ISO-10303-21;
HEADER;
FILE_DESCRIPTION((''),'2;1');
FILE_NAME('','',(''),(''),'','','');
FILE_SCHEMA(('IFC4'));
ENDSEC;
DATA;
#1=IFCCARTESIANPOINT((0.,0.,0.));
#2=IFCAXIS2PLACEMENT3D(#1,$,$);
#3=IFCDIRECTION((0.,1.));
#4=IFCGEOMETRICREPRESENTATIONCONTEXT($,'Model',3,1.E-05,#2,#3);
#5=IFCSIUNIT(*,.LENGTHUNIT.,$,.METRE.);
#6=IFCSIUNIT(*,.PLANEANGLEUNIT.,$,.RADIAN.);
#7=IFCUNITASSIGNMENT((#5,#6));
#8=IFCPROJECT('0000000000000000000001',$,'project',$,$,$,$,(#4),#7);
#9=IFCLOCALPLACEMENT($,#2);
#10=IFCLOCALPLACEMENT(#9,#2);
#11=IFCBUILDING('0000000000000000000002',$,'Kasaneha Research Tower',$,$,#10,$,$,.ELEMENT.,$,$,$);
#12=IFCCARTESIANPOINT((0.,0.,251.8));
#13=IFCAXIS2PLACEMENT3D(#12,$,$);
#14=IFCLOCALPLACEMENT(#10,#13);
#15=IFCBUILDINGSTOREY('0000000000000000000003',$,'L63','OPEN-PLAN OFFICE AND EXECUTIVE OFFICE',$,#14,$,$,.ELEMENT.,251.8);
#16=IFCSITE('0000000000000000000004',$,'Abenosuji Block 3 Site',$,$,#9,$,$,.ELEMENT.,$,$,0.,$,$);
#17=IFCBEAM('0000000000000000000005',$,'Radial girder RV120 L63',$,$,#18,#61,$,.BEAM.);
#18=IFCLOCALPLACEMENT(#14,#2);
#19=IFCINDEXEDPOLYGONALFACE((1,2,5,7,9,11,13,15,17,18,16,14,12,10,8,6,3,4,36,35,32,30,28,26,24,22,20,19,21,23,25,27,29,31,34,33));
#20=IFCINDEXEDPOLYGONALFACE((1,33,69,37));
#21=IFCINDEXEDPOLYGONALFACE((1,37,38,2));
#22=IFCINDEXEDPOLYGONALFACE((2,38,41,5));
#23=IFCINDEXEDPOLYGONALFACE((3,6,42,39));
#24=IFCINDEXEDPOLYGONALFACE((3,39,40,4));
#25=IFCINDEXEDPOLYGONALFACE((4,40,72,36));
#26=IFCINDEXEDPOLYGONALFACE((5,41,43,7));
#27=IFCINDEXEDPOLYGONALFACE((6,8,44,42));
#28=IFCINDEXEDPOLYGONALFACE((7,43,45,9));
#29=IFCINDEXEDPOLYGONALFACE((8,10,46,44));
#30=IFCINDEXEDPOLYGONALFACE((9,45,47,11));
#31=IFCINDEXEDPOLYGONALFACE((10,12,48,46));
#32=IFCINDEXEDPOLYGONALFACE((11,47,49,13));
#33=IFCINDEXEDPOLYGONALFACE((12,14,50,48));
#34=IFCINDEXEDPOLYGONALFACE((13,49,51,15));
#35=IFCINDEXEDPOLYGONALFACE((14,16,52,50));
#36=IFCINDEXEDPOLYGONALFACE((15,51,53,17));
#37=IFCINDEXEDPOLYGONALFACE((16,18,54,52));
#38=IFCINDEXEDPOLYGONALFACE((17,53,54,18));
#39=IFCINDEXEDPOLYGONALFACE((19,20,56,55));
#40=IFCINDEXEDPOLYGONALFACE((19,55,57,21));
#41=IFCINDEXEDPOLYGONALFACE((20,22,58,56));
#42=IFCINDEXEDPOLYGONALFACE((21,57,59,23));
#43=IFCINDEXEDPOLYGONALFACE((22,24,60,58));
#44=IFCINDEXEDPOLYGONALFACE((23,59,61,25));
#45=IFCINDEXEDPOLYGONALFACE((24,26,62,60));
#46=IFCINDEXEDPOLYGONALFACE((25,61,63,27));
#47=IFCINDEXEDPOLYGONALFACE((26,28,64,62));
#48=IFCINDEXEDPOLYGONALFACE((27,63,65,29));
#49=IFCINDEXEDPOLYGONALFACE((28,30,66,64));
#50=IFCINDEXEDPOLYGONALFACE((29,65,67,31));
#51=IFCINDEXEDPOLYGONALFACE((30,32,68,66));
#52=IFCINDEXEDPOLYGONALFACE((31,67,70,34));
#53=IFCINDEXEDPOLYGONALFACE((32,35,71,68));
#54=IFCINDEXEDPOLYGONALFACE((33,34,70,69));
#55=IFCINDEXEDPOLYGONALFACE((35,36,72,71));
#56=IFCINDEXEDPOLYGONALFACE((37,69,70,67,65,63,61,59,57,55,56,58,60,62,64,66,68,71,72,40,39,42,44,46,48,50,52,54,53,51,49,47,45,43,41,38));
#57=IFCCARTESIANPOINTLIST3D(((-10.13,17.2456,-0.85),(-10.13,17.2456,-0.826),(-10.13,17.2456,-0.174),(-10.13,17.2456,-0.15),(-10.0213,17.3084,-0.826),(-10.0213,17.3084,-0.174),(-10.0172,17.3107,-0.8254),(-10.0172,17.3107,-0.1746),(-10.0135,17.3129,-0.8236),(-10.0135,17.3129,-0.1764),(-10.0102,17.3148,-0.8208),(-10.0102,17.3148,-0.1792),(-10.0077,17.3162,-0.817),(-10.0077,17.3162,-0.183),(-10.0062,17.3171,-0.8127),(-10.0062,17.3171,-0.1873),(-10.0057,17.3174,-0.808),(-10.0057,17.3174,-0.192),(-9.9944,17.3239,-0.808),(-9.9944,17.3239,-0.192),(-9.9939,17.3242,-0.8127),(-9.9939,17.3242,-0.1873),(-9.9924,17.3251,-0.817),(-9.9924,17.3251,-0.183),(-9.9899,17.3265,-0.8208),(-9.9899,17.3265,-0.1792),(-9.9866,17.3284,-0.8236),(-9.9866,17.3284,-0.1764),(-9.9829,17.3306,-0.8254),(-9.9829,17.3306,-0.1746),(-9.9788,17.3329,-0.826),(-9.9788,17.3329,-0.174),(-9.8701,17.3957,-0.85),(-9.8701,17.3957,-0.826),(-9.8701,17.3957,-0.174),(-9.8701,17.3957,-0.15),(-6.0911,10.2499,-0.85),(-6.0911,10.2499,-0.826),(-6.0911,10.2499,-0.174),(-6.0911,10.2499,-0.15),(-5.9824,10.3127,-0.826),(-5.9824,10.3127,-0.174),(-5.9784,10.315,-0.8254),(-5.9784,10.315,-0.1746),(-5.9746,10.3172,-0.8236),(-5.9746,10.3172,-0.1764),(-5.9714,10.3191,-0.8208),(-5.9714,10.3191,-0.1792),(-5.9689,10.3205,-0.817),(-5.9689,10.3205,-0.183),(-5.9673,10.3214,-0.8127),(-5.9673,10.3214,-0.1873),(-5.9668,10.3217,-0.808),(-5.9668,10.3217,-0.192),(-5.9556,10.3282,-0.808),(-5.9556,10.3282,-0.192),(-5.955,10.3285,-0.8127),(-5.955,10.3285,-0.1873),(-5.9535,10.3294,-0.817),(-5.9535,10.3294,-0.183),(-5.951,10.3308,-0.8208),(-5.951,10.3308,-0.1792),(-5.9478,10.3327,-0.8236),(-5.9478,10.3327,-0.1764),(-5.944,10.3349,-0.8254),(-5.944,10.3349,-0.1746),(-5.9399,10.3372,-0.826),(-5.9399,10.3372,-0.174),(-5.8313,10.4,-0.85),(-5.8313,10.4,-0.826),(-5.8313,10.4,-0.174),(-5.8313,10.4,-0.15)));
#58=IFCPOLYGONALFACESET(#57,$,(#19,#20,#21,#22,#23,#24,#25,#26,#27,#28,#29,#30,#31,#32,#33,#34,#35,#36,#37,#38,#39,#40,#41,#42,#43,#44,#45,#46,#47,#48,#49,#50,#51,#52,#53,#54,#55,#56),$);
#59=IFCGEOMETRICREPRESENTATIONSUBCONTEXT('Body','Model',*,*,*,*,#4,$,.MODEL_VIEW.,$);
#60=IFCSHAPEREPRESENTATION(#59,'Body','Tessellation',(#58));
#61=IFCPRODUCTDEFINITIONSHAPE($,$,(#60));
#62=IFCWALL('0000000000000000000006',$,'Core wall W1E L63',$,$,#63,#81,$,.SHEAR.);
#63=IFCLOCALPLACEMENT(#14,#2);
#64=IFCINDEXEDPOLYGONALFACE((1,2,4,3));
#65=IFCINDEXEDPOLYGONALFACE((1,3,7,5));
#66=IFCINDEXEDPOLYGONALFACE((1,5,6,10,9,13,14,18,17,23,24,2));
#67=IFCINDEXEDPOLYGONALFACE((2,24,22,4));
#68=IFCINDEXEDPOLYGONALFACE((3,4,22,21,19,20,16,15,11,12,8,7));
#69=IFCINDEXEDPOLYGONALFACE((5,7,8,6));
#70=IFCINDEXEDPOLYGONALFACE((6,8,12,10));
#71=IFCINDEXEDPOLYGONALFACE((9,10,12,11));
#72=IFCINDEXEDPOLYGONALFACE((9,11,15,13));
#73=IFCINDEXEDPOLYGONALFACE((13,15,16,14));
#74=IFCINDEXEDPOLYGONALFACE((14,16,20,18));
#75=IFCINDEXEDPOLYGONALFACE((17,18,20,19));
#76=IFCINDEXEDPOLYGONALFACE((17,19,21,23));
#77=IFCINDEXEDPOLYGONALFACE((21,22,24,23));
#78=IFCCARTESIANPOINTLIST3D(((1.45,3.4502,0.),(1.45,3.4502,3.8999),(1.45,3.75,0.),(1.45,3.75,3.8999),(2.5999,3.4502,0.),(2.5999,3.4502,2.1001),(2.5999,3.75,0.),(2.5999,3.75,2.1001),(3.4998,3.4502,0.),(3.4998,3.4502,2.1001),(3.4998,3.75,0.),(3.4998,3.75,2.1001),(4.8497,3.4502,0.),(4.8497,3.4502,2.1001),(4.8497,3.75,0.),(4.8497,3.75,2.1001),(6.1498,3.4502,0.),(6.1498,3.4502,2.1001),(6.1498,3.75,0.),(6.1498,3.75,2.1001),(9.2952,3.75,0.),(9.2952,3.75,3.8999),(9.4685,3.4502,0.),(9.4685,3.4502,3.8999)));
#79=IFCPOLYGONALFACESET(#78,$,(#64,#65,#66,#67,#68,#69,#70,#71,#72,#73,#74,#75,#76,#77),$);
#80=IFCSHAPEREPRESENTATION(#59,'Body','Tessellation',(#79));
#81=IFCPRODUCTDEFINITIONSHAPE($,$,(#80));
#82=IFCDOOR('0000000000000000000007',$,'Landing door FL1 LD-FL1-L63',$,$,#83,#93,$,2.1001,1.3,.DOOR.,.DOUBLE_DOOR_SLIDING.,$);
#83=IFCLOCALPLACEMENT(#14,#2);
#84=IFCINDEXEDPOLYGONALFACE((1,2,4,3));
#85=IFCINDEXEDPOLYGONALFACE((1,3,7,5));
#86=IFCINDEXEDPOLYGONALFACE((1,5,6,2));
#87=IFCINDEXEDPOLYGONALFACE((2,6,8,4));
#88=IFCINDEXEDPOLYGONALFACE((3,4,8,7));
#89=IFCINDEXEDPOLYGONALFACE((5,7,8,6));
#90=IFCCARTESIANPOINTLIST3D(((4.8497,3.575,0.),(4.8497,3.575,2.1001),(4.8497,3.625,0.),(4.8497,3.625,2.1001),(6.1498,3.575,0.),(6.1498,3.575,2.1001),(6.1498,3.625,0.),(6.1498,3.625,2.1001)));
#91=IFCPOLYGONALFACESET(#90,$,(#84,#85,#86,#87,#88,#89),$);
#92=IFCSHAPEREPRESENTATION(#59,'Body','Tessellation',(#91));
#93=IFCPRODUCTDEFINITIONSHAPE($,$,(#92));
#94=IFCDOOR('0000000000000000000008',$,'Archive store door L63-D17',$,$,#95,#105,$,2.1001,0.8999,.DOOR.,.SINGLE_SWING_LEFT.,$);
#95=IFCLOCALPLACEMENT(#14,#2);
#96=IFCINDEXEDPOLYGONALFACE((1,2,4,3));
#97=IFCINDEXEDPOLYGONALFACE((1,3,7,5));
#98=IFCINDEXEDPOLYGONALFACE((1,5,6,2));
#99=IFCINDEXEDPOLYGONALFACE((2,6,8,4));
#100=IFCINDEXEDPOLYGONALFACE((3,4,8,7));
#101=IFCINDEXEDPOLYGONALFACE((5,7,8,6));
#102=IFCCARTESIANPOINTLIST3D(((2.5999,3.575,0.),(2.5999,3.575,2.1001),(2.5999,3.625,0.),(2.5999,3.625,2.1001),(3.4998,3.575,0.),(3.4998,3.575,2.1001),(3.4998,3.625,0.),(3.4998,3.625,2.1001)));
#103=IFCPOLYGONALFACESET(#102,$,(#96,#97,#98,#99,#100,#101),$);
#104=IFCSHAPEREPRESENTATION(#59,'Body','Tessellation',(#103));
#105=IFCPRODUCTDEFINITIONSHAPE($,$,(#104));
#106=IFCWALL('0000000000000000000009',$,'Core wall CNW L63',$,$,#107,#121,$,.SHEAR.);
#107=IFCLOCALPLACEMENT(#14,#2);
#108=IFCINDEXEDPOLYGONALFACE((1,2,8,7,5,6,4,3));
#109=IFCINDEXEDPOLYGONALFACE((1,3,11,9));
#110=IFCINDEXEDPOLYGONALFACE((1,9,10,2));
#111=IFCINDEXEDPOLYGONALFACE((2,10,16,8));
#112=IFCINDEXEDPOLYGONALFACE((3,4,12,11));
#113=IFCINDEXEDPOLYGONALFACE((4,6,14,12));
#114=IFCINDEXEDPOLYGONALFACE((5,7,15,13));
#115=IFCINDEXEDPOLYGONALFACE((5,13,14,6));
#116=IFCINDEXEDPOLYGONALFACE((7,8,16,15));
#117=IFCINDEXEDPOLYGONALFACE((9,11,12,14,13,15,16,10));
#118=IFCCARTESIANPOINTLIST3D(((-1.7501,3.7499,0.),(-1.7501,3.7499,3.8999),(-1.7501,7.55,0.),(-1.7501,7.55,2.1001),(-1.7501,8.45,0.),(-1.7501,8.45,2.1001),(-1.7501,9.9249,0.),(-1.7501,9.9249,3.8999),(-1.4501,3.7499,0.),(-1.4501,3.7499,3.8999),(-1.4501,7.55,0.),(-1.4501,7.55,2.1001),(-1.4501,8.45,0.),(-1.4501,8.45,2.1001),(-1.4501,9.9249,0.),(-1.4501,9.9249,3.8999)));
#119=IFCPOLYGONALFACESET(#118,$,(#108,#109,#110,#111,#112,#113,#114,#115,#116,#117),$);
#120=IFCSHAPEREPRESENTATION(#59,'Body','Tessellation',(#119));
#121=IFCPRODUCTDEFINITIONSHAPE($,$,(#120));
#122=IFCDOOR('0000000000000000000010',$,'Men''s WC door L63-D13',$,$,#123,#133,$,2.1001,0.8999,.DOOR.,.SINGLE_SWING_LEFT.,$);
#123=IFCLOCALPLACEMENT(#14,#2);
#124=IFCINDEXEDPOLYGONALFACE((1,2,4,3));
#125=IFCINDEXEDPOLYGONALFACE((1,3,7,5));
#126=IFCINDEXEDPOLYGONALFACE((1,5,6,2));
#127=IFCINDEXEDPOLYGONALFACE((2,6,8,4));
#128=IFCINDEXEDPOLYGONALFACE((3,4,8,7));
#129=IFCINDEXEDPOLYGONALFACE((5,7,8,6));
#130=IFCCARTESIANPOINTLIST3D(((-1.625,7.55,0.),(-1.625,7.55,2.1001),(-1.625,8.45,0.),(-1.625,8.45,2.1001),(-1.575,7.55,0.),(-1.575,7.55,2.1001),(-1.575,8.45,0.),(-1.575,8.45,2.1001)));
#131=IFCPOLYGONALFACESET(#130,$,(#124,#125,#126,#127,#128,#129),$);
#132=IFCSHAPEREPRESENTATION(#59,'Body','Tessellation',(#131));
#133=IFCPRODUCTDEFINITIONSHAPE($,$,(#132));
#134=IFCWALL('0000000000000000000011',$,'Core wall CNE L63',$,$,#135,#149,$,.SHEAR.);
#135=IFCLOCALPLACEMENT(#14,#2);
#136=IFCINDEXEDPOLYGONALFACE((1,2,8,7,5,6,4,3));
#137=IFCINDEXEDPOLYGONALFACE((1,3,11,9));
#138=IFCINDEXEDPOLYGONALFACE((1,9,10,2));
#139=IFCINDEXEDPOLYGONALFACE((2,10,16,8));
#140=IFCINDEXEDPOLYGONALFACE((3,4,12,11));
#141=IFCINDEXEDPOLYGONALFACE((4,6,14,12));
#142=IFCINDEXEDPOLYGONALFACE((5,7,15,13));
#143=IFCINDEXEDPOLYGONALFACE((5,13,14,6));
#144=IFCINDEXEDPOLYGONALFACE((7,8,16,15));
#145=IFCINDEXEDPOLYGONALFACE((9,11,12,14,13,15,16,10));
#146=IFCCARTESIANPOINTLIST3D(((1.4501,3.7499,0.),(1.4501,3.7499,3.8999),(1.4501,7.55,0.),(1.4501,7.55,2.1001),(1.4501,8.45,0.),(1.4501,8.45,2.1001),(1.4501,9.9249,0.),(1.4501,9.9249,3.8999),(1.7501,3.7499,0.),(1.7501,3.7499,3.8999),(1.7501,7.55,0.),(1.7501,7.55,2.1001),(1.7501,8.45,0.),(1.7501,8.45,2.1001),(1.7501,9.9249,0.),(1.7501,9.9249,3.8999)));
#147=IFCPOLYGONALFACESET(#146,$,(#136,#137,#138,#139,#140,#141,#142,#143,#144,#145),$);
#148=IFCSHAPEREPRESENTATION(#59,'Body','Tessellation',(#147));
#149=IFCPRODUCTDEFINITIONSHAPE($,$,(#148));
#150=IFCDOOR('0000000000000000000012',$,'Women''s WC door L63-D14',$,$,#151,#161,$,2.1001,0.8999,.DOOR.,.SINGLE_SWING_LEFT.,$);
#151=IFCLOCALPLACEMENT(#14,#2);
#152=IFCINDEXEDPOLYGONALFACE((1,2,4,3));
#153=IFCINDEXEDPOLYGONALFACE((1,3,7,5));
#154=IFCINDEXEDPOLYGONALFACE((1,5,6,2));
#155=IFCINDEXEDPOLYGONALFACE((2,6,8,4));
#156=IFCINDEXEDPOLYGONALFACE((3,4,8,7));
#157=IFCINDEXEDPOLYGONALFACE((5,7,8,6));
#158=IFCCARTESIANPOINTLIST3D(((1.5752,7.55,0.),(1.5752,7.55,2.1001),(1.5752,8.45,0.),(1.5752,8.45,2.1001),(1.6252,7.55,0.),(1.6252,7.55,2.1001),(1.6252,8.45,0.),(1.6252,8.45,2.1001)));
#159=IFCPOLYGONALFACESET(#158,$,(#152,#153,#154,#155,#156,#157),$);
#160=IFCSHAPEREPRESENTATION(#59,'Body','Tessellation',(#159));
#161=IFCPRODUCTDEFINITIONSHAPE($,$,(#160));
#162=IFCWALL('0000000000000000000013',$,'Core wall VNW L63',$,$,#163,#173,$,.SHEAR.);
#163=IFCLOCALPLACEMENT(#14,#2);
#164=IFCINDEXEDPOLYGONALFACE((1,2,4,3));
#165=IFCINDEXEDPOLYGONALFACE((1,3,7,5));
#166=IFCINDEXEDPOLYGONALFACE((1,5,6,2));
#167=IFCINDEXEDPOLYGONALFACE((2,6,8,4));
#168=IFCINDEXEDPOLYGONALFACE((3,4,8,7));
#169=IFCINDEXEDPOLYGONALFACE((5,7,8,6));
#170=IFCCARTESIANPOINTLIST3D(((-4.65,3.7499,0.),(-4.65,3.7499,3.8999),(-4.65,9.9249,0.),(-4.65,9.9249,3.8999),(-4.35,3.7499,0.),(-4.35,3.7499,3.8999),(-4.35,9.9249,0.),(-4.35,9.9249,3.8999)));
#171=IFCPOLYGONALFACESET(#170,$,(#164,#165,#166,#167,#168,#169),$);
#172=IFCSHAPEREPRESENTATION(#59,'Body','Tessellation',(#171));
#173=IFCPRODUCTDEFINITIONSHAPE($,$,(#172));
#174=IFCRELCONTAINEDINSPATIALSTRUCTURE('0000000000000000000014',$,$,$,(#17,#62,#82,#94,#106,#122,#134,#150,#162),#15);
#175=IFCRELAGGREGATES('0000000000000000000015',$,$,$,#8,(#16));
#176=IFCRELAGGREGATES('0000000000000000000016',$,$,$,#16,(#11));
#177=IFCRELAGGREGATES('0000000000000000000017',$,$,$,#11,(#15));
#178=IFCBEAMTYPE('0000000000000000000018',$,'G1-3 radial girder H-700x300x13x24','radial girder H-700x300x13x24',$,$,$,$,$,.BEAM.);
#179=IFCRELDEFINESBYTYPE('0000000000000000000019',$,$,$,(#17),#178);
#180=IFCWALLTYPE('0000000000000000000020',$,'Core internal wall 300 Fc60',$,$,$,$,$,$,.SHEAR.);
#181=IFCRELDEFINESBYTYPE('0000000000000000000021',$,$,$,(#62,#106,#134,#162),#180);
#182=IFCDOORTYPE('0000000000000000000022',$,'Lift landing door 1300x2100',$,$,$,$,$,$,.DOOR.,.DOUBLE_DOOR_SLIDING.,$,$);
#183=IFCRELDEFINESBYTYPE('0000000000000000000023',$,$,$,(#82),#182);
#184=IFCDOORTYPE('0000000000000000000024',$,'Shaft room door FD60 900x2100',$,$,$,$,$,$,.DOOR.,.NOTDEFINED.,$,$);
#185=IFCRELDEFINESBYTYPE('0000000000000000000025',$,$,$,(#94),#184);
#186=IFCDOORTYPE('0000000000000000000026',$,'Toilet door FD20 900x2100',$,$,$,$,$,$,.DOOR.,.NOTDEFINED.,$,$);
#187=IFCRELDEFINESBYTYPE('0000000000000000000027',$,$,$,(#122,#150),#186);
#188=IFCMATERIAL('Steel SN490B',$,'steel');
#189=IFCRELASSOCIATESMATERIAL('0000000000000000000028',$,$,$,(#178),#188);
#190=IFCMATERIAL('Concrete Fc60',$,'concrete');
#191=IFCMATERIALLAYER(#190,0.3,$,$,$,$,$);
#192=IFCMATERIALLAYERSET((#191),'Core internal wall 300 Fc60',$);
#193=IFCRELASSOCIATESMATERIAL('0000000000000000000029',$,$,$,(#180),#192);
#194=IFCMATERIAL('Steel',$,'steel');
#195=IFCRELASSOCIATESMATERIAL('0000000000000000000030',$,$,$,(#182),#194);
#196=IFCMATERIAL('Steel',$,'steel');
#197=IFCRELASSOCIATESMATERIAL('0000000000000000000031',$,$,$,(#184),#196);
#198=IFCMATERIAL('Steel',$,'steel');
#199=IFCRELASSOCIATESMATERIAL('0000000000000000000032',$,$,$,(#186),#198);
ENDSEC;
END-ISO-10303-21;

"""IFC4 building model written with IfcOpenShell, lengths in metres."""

from ifc_helpers import new_model, si_unit, direction, frame, frame_2d, origin, origin_2d, place, context, subcontext, project, spatial, polyline, rectangle, i_section, outline, extrude, material, layer, layer_set, material_profile, profile_set, type_object, element, fill, save


model = new_model("IFC4")

# Units and contexts
model_context = context("Model", 3, precision=1e-05, world=origin(), true_north=direction((0.0, 1.0)))
body_context = subcontext(model_context, "Body", "Model", "MODEL_VIEW")
ifc_project = project(units=[si_unit("LENGTHUNIT", "METRE"), si_unit("PLANEANGLEUNIT", "RADIAN")], contexts=[model_context])

# Site, building, storey
site_placement = place(None, origin())
site = spatial("IfcSite", under=ifc_project, at=site_placement, Name="Abenosuji Block 3 Site", CompositionType="ELEMENT", RefElevation=0.0)
building_placement = place(site_placement, origin())
building = spatial("IfcBuilding", under=site, at=building_placement, Name="Kasaneha Research Tower", CompositionType="ELEMENT")
storey_placement = place(building_placement, frame((0.0, 0.0, 251.8)))
storey = spatial("IfcBuildingStorey", under=building, at=storey_placement, Name="L63", Description="OPEN-PLAN OFFICE AND EXECUTIVE OFFICE", CompositionType="ELEMENT", Elevation=251.8)

# Beam
ifc_material_1 = material(Name="Steel SN490B", Category="steel")
ifc_material_profile = material_profile(ifc_material_1, i_section(OverallWidth=0.3, OverallDepth=0.7, WebThickness=0.0129, FlangeThickness=0.0239, FilletRadius=0.0181, at=origin_2d()), Name="H-700x300x13x24")
ifc_profile_set = profile_set([ifc_material_profile], Name="Steel SN490B")
beam_type = type_object("IfcBeamType", Name="G1-3 radial girder H-700x300x13x24", Description="radial girder H-700x300x13x24", PredefinedType="BEAM", material=ifc_profile_set)
beam_placement = place(storey_placement, frame((-5.9612, 10.325, -0.5), z_axis=(-0.499991, 0.866031, 0.0), x_axis=(-0.866031, -0.499991, 0.0)))
element("IfcBeam", 1, at=beam_placement, inside=storey, type_object=beam_type, Name="Radial girder RV120 L63", PredefinedType="BEAM", context=body_context, shape_type="SweptSolid", body=[
    extrude(i_section(OverallWidth=0.3, OverallDepth=0.7, WebThickness=0.0129, FlangeThickness=0.0239, FilletRadius=0.0181, at=origin_2d()), origin(), (0.0, 0.0, 1.0), 8.0779),
])

# Wall, openings, doors
ifc_material_2 = material(Name="Concrete Fc60", Category="concrete")
ifc_layer_1 = layer(ifc_material_2, 0.3)
ifc_layer_set_1 = layer_set([ifc_layer_1], Name="Core internal wall 300 Fc60")
wall_type_1 = type_object("IfcWallType", Name="Core internal wall 300 Fc60", PredefinedType="SHEAR", material=ifc_layer_set_1)
wall_1_placement = place(storey_placement, frame((1.45, 3.6001, 0.0), z_axis=(0.0, 0.0, 1.0), x_axis=(1.0, 0.0, 0.0)))
wall_1 = element("IfcWall", 2, at=wall_1_placement, inside=storey, type_object=wall_type_1, Name="Core wall W1E L63", PredefinedType="SHEAR", context=body_context, shape_type="SweptSolid", body=[
    extrude(outline(polyline([(0.0, -0.1499), (1.1499, -0.1499), (2.0498, -0.1499), (3.3999, -0.1499), (4.7, -0.1499), (8.0186, -0.1499), (7.8452, 0.1499), (4.7, 0.1499), (3.3999, 0.1499), (2.0498, 0.1499), (1.1499, 0.1499), (0.0, 0.1499), (0.0, -0.1499)])), origin(), (0.0, 0.0, 1.0), 3.8999),
])
opening_1_placement = place(wall_1_placement, frame((1.1499, 0.0, 0.0)))
opening_1 = element("IfcOpeningElement", 3, at=opening_1_placement, cuts=wall_1, PredefinedType="OPENING", context=body_context, shape_type="SweptSolid", body=[
    extrude(rectangle(XDim=0.8999, YDim=2.1001, at=frame_2d((0.45, 1.05))), frame((0.0, 0.1602, 0.0), z_axis=(0.0, -1.0, 0.0), x_axis=(1.0, 0.0, 0.0)), (0.0, 0.0, 1.0), 0.3201),
])
opening_2_placement = place(wall_1_placement, frame((3.3999, 0.0, 0.0)))
opening_2 = element("IfcOpeningElement", 4, at=opening_2_placement, cuts=wall_1, PredefinedType="OPENING", context=body_context, shape_type="SweptSolid", body=[
    extrude(rectangle(XDim=1.3, YDim=2.1001, at=frame_2d((0.6499, 1.05))), frame((0.0, 0.1602, 0.0), z_axis=(0.0, -1.0, 0.0), x_axis=(1.0, 0.0, 0.0)), (0.0, 0.0, 1.0), 0.3201),
])
ifc_material_3 = material(Name="Steel", Category="steel")
door_type_1 = type_object("IfcDoorType", Name="Lift landing door 1300x2100", OperationType="DOUBLE_DOOR_SLIDING", PredefinedType="DOOR", material=ifc_material_3)
door_1_placement = place(opening_2_placement, origin())
door_1 = element("IfcDoor", 5, at=door_1_placement, inside=storey, type_object=door_type_1, Name="Landing door FL1 LD-FL1-L63", OperationType="DOUBLE_DOOR_SLIDING", OverallHeight=2.1001, OverallWidth=1.3, PredefinedType="DOOR", context=body_context, shape_type="SweptSolid", body=[
    extrude(rectangle(XDim=1.3, YDim=2.1001, at=frame_2d((0.6499, 1.05))), frame((0.0, 0.0249, 0.0), z_axis=(0.0, -1.0, 0.0), x_axis=(1.0, 0.0, 0.0)), (0.0, 0.0, 1.0), 0.05),
])
fill(opening_2, door_1)
ifc_material_4 = material(Name="Steel", Category="steel")
door_type_2 = type_object("IfcDoorType", Name="Shaft room door FD60 900x2100", OperationType="NOTDEFINED", PredefinedType="DOOR", material=ifc_material_4)
door_2_placement = place(opening_1_placement, origin())
door_2 = element("IfcDoor", 6, at=door_2_placement, inside=storey, type_object=door_type_2, Name="Archive store door L63-D17", OperationType="SINGLE_SWING_LEFT", OverallHeight=2.1001, OverallWidth=0.8999, PredefinedType="DOOR", context=body_context, shape_type="SweptSolid", body=[
    extrude(rectangle(XDim=0.8999, YDim=2.1001, at=frame_2d((0.45, 1.05))), frame((0.0, 0.0249, 0.0), z_axis=(0.0, -1.0, 0.0), x_axis=(1.0, 0.0, 0.0)), (0.0, 0.0, 1.0), 0.05),
])
fill(opening_1, door_2)

# Walls, openings, doors
wall_2_placement = place(storey_placement, frame((-1.6001, 3.75, 0.0), z_axis=(0.0, 0.0, 1.0), x_axis=(0.0, 1.0, 0.0)))
wall_2 = element("IfcWall", 7, at=wall_2_placement, inside=storey, type_object=wall_type_1, Name="Core wall CNW L63", PredefinedType="SHEAR", context=body_context, shape_type="SweptSolid", body=[
    extrude(rectangle(XDim=6.175, YDim=0.3, at=frame_2d((3.0874, 0.0))), origin(), (0.0, 0.0, 1.0), 3.8999),
])
opening_3_placement = place(wall_2_placement, frame((3.8, 0.0, 0.0)))
opening_3 = element("IfcOpeningElement", 8, at=opening_3_placement, cuts=wall_2, PredefinedType="OPENING", context=body_context, shape_type="SweptSolid", body=[
    extrude(rectangle(XDim=0.8999, YDim=2.1001, at=frame_2d((0.45, 1.05))), frame((0.0, 0.1602, 0.0), z_axis=(0.0, -1.0, 0.0), x_axis=(1.0, 0.0, 0.0)), (0.0, 0.0, 1.0), 0.3201),
])
ifc_material_5 = material(Name="Steel", Category="steel")
door_type_3 = type_object("IfcDoorType", Name="Toilet door FD20 900x2100", OperationType="NOTDEFINED", PredefinedType="DOOR", material=ifc_material_5)
door_3_placement = place(opening_3_placement, origin())
door_3 = element("IfcDoor", 9, at=door_3_placement, inside=storey, type_object=door_type_3, Name="Men's WC door L63-D13", OperationType="SINGLE_SWING_LEFT", OverallHeight=2.1001, OverallWidth=0.8999, PredefinedType="DOOR", context=body_context, shape_type="SweptSolid", body=[
    extrude(rectangle(XDim=0.8999, YDim=2.1001, at=frame_2d((0.45, 1.05))), frame((0.0, 0.0249, 0.0), z_axis=(0.0, -1.0, 0.0), x_axis=(1.0, 0.0, 0.0)), (0.0, 0.0, 1.0), 0.05),
])
fill(opening_3, door_3)
wall_3_placement = place(storey_placement, frame((1.6001, 3.75, 0.0), z_axis=(0.0, 0.0, 1.0), x_axis=(0.0, 1.0, 0.0)))
wall_3 = element("IfcWall", 10, at=wall_3_placement, inside=storey, type_object=wall_type_1, Name="Core wall CNE L63", PredefinedType="SHEAR", context=body_context, shape_type="SweptSolid", body=[
    extrude(rectangle(XDim=6.175, YDim=0.3, at=frame_2d((3.0874, 0.0))), origin(), (0.0, 0.0, 1.0), 3.8999),
])
opening_4_placement = place(wall_3_placement, frame((3.8, 0.0, 0.0)))
opening_4 = element("IfcOpeningElement", 11, at=opening_4_placement, cuts=wall_3, PredefinedType="OPENING", context=body_context, shape_type="SweptSolid", body=[
    extrude(rectangle(XDim=0.8999, YDim=2.1001, at=frame_2d((0.45, 1.05))), frame((0.0, 0.1602, 0.0), z_axis=(0.0, -1.0, 0.0), x_axis=(1.0, 0.0, 0.0)), (0.0, 0.0, 1.0), 0.3201),
])
door_4_placement = place(opening_4_placement, origin())
door_4 = element("IfcDoor", 12, at=door_4_placement, inside=storey, type_object=door_type_3, Name="Women's WC door L63-D14", OperationType="SINGLE_SWING_LEFT", OverallHeight=2.1001, OverallWidth=0.8999, PredefinedType="DOOR", context=body_context, shape_type="SweptSolid", body=[
    extrude(rectangle(XDim=0.8999, YDim=2.1001, at=frame_2d((0.45, 1.05))), frame((0.0, 0.0249, 0.0), z_axis=(0.0, -1.0, 0.0), x_axis=(1.0, 0.0, 0.0)), (0.0, 0.0, 1.0), 0.05),
])
fill(opening_4, door_4)

# Wall
wall_4_placement = place(storey_placement, frame((-4.5, 3.75, 0.0), z_axis=(0.0, 0.0, 1.0), x_axis=(0.0, 1.0, 0.0)))
element("IfcWall", 13, at=wall_4_placement, inside=storey, type_object=wall_type_1, Name="Core wall VNW L63", PredefinedType="SHEAR", context=body_context, shape_type="SweptSolid", body=[
    extrude(rectangle(XDim=6.175, YDim=0.3, at=frame_2d((3.0874, 0.0))), origin(), (0.0, 0.0, 1.0), 3.8999),
])

save(model, "model.ifc")
